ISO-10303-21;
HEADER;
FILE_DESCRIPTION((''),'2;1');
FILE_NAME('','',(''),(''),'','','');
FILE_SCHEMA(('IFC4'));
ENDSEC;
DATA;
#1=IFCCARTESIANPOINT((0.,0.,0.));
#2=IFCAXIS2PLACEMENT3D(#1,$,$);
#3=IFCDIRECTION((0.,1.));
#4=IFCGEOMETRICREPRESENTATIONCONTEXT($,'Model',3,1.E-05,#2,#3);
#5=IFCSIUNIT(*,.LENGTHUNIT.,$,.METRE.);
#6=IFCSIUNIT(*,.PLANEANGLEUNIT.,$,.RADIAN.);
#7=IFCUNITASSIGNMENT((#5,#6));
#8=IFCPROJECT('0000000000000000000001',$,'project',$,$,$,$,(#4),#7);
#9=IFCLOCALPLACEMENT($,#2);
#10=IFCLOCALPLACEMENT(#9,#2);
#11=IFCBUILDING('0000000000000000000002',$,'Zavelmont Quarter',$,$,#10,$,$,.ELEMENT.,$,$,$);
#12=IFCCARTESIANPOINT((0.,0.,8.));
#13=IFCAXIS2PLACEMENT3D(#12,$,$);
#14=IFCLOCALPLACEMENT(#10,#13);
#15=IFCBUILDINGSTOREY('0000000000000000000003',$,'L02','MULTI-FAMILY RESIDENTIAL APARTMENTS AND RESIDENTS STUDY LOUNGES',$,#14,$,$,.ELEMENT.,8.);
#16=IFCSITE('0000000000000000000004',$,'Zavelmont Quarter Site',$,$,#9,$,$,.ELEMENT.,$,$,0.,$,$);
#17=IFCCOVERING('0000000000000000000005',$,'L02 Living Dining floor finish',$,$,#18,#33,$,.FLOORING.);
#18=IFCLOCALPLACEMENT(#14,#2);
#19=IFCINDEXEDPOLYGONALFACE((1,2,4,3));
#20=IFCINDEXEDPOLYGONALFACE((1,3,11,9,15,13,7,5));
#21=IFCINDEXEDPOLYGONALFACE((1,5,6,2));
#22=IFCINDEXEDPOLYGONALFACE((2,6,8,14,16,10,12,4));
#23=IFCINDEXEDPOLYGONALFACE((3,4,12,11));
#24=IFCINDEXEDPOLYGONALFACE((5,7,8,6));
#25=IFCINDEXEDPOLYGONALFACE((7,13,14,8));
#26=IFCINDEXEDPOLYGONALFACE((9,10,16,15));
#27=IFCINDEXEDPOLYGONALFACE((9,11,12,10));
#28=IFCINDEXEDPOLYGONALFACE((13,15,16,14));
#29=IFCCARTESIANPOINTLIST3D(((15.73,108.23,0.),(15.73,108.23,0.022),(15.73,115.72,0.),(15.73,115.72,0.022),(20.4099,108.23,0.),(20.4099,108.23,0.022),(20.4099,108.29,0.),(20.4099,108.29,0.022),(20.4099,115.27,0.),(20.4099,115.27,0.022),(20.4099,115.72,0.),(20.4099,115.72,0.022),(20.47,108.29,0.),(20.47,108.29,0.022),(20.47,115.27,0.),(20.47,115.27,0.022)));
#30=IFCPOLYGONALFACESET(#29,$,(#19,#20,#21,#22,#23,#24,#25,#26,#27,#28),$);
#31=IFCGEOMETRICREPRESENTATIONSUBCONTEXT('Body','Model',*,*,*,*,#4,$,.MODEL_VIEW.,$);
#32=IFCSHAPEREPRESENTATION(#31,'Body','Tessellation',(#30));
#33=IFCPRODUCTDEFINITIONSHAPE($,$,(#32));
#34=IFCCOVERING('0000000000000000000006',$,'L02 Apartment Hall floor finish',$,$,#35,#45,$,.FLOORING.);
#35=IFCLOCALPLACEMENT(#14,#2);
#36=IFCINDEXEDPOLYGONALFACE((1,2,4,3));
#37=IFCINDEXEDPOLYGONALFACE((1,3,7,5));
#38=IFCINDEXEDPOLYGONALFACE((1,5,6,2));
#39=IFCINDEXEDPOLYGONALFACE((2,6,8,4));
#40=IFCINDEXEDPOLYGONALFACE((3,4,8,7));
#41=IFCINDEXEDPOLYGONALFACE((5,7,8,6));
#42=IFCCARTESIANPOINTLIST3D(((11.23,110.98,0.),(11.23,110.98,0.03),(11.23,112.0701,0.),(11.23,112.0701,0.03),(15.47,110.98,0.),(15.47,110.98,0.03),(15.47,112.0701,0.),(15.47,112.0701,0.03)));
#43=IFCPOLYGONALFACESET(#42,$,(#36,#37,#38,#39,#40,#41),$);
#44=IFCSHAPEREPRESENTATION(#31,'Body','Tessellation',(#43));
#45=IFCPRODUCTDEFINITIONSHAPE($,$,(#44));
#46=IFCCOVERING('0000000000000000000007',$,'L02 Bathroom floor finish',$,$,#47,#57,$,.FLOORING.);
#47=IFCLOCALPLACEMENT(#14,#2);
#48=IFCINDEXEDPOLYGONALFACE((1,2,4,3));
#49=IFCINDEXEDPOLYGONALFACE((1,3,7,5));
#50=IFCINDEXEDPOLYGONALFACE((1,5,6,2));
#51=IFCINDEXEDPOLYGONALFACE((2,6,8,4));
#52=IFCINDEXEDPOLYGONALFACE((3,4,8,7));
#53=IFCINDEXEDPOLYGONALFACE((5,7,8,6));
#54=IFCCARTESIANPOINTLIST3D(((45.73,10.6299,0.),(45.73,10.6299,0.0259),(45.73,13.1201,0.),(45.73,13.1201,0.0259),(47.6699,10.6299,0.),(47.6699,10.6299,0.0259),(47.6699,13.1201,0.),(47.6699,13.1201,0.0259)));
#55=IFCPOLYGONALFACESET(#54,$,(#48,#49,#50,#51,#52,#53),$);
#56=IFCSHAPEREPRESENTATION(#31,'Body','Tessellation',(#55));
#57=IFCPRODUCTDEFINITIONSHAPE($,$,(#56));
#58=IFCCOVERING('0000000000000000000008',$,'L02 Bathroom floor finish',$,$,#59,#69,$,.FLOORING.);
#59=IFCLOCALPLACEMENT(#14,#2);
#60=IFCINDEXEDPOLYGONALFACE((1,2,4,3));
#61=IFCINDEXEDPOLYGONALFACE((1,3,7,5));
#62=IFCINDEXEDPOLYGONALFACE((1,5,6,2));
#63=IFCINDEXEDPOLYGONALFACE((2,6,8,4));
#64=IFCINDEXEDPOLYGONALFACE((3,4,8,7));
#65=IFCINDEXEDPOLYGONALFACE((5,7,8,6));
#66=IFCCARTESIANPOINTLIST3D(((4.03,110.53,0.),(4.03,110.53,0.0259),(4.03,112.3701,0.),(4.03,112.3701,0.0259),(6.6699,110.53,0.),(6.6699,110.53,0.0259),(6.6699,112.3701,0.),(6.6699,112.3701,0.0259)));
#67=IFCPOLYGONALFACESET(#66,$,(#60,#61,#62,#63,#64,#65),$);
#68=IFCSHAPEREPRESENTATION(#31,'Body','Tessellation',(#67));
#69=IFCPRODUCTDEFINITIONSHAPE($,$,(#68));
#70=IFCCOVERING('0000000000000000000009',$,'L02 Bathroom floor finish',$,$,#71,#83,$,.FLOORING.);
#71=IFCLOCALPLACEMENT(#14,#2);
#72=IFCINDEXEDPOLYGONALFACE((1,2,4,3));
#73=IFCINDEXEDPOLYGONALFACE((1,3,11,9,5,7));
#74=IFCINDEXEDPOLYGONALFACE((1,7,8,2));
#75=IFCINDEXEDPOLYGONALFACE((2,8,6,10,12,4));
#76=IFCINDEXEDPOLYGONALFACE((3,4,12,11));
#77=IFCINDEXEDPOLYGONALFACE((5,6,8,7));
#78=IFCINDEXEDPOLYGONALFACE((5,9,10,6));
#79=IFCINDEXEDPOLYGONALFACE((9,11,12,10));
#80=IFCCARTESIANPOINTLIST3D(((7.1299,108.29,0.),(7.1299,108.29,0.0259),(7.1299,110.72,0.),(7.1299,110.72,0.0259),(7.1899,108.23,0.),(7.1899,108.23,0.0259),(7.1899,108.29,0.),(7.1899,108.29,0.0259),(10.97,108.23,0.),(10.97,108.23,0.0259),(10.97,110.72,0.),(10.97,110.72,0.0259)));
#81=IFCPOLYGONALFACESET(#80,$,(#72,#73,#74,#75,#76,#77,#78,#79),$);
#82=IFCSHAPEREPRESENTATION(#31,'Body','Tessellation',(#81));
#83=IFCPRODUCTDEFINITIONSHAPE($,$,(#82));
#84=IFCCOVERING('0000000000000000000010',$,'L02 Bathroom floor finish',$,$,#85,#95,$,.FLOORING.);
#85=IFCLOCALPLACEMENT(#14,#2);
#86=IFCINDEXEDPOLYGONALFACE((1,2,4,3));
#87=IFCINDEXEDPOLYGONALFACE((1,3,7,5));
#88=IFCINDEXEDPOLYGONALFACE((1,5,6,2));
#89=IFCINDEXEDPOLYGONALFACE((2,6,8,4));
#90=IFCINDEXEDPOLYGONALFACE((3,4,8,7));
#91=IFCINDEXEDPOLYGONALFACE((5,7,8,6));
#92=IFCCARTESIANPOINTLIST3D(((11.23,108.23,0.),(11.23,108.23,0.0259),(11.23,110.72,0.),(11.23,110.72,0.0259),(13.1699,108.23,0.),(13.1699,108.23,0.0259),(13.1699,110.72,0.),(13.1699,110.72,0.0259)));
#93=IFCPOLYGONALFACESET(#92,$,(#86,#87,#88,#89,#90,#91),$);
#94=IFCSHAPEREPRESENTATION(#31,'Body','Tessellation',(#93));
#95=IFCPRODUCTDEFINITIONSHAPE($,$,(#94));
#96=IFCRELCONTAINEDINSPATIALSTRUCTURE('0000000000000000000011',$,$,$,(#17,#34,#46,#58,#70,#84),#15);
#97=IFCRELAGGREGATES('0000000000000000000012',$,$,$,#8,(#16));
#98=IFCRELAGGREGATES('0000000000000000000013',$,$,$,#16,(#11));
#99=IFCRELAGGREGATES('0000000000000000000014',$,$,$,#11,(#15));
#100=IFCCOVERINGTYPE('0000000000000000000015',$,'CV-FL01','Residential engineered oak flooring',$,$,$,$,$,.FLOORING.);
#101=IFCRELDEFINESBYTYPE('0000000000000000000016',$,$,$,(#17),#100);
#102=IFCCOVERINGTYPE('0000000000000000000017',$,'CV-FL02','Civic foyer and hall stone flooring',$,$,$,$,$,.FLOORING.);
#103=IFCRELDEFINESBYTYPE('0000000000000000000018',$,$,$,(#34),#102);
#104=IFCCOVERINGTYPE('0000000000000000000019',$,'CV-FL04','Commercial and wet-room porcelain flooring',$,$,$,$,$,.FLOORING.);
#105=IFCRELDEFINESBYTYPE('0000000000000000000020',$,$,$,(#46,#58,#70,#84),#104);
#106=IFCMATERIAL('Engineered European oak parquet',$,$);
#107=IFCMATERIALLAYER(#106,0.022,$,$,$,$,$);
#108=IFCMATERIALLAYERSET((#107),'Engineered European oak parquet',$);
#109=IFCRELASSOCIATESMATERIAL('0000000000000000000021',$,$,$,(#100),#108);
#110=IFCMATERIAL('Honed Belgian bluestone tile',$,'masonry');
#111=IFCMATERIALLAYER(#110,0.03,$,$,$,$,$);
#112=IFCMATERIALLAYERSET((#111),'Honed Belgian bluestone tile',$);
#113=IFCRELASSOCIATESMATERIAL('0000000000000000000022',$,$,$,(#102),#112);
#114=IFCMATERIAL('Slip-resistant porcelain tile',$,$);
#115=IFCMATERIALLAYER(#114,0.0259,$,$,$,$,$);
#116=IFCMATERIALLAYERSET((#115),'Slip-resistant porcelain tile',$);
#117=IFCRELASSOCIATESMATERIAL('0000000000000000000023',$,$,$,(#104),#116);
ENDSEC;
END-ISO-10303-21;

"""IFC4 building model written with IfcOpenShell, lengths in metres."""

from ifc_helpers import new_model, si_unit, direction, frame, origin, place, context, subcontext, project, spatial, polyline, outline, extrude, material, layer, layer_set, type_object, element, save


model = new_model("IFC4")

# Units and contexts
model_context = context("Model", 3, precision=1e-05, world=origin(), true_north=direction((0.0, 1.0)))
body_context = subcontext(model_context, "Body", "Model", "MODEL_VIEW")
ifc_project = project(units=[si_unit("LENGTHUNIT", "METRE"), si_unit("PLANEANGLEUNIT", "RADIAN")], contexts=[model_context])

# Site, building, storey
site_placement = place(None, origin())
site = spatial("IfcSite", under=ifc_project, at=site_placement, Name="Zavelmont Quarter Site", CompositionType="ELEMENT", RefElevation=0.0)
building_placement = place(site_placement, origin())
building = spatial("IfcBuilding", under=site, at=building_placement, Name="Zavelmont Quarter", CompositionType="ELEMENT")
storey_placement = place(building_placement, frame((0.0, 0.0, 8.0)))
storey = spatial("IfcBuildingStorey", under=building, at=storey_placement, Name="L02", Description="MULTI-FAMILY RESIDENTIAL APARTMENTS AND RESIDENTS STUDY LOUNGES", CompositionType="ELEMENT", Elevation=8.0)

# Coverings
ifc_material_1 = material(Name="Engineered European oak parquet")
ifc_layer_1 = layer(ifc_material_1, 0.022)
ifc_layer_set_1 = layer_set([ifc_layer_1], Name="Engineered European oak parquet")
covering_type_1 = type_object("IfcCoveringType", Name="CV-FL01", Description="Residential engineered oak flooring", PredefinedType="FLOORING", material=ifc_layer_set_1)
covering_1_placement = place(storey_placement, origin())
element("IfcCovering", 1, at=covering_1_placement, inside=storey, type_object=covering_type_1, Name="L02 Living Dining floor finish", PredefinedType="FLOORING", context=body_context, shape_type="SweptSolid", body=[
    extrude(outline(polyline([(15.73, 115.72), (20.4099, 115.72), (20.4099, 115.27), (20.47, 115.27), (20.47, 108.29), (20.4099, 108.29), (20.4099, 108.23), (15.73, 108.23), (15.73, 115.72)])), origin(), (0.0, 0.0, 1.0), 0.022),
])
ifc_material_2 = material(Name="Honed Belgian bluestone tile", Category="masonry")
ifc_layer_2 = layer(ifc_material_2, 0.03)
ifc_layer_set_2 = layer_set([ifc_layer_2], Name="Honed Belgian bluestone tile")
covering_type_2 = type_object("IfcCoveringType", Name="CV-FL02", Description="Civic foyer and hall stone flooring", PredefinedType="FLOORING", material=ifc_layer_set_2)
covering_2_placement = place(storey_placement, origin())
element("IfcCovering", 2, at=covering_2_placement, inside=storey, type_object=covering_type_2, Name="L02 Apartment Hall floor finish", PredefinedType="FLOORING", context=body_context, shape_type="SweptSolid", body=[
    extrude(outline(polyline([(11.23, 112.0701), (15.47, 112.0701), (15.47, 110.98), (11.23, 110.98), (11.23, 112.0701)])), origin(), (0.0, 0.0, 1.0), 0.03),
])
ifc_material_3 = material(Name="Slip-resistant porcelain tile")
ifc_layer_3 = layer(ifc_material_3, 0.0259)
ifc_layer_set_3 = layer_set([ifc_layer_3], Name="Slip-resistant porcelain tile")
covering_type_3 = type_object("IfcCoveringType", Name="CV-FL04", Description="Commercial and wet-room porcelain flooring", PredefinedType="FLOORING", material=ifc_layer_set_3)
covering_3_placement = place(storey_placement, origin())
element("IfcCovering", 3, at=covering_3_placement, inside=storey, type_object=covering_type_3, Name="L02 Bathroom floor finish", PredefinedType="FLOORING", context=body_context, shape_type="SweptSolid", body=[
    extrude(outline(polyline([(45.73, 13.1201), (47.6699, 13.1201), (47.6699, 10.6299), (45.73, 10.6299), (45.73, 13.1201)])), origin(), (0.0, 0.0, 1.0), 0.0259),
])
covering_4_placement = place(storey_placement, origin())
element("IfcCovering", 4, at=covering_4_placement, inside=storey, type_object=covering_type_3, Name="L02 Bathroom floor finish", PredefinedType="FLOORING", context=body_context, shape_type="SweptSolid", body=[
    extrude(outline(polyline([(4.03, 112.3701), (6.6699, 112.3701), (6.6699, 110.53), (4.03, 110.53), (4.03, 112.3701)])), origin(), (0.0, 0.0, 1.0), 0.0259),
])
covering_5_placement = place(storey_placement, origin())
element("IfcCovering", 5, at=covering_5_placement, inside=storey, type_object=covering_type_3, Name="L02 Bathroom floor finish", PredefinedType="FLOORING", context=body_context, shape_type="SweptSolid", body=[
    extrude(outline(polyline([(7.1299, 110.72), (10.97, 110.72), (10.97, 108.23), (7.1899, 108.23), (7.1899, 108.29), (7.1299, 108.29), (7.1299, 110.72)])), origin(), (0.0, 0.0, 1.0), 0.0259),
])
covering_6_placement = place(storey_placement, origin())
element("IfcCovering", 6, at=covering_6_placement, inside=storey, type_object=covering_type_3, Name="L02 Bathroom floor finish", PredefinedType="FLOORING", context=body_context, shape_type="SweptSolid", body=[
    extrude(outline(polyline([(11.23, 110.72), (13.1699, 110.72), (13.1699, 108.23), (11.23, 108.23), (11.23, 110.72)])), origin(), (0.0, 0.0, 1.0), 0.0259),
])

save(model, "model.ifc")
